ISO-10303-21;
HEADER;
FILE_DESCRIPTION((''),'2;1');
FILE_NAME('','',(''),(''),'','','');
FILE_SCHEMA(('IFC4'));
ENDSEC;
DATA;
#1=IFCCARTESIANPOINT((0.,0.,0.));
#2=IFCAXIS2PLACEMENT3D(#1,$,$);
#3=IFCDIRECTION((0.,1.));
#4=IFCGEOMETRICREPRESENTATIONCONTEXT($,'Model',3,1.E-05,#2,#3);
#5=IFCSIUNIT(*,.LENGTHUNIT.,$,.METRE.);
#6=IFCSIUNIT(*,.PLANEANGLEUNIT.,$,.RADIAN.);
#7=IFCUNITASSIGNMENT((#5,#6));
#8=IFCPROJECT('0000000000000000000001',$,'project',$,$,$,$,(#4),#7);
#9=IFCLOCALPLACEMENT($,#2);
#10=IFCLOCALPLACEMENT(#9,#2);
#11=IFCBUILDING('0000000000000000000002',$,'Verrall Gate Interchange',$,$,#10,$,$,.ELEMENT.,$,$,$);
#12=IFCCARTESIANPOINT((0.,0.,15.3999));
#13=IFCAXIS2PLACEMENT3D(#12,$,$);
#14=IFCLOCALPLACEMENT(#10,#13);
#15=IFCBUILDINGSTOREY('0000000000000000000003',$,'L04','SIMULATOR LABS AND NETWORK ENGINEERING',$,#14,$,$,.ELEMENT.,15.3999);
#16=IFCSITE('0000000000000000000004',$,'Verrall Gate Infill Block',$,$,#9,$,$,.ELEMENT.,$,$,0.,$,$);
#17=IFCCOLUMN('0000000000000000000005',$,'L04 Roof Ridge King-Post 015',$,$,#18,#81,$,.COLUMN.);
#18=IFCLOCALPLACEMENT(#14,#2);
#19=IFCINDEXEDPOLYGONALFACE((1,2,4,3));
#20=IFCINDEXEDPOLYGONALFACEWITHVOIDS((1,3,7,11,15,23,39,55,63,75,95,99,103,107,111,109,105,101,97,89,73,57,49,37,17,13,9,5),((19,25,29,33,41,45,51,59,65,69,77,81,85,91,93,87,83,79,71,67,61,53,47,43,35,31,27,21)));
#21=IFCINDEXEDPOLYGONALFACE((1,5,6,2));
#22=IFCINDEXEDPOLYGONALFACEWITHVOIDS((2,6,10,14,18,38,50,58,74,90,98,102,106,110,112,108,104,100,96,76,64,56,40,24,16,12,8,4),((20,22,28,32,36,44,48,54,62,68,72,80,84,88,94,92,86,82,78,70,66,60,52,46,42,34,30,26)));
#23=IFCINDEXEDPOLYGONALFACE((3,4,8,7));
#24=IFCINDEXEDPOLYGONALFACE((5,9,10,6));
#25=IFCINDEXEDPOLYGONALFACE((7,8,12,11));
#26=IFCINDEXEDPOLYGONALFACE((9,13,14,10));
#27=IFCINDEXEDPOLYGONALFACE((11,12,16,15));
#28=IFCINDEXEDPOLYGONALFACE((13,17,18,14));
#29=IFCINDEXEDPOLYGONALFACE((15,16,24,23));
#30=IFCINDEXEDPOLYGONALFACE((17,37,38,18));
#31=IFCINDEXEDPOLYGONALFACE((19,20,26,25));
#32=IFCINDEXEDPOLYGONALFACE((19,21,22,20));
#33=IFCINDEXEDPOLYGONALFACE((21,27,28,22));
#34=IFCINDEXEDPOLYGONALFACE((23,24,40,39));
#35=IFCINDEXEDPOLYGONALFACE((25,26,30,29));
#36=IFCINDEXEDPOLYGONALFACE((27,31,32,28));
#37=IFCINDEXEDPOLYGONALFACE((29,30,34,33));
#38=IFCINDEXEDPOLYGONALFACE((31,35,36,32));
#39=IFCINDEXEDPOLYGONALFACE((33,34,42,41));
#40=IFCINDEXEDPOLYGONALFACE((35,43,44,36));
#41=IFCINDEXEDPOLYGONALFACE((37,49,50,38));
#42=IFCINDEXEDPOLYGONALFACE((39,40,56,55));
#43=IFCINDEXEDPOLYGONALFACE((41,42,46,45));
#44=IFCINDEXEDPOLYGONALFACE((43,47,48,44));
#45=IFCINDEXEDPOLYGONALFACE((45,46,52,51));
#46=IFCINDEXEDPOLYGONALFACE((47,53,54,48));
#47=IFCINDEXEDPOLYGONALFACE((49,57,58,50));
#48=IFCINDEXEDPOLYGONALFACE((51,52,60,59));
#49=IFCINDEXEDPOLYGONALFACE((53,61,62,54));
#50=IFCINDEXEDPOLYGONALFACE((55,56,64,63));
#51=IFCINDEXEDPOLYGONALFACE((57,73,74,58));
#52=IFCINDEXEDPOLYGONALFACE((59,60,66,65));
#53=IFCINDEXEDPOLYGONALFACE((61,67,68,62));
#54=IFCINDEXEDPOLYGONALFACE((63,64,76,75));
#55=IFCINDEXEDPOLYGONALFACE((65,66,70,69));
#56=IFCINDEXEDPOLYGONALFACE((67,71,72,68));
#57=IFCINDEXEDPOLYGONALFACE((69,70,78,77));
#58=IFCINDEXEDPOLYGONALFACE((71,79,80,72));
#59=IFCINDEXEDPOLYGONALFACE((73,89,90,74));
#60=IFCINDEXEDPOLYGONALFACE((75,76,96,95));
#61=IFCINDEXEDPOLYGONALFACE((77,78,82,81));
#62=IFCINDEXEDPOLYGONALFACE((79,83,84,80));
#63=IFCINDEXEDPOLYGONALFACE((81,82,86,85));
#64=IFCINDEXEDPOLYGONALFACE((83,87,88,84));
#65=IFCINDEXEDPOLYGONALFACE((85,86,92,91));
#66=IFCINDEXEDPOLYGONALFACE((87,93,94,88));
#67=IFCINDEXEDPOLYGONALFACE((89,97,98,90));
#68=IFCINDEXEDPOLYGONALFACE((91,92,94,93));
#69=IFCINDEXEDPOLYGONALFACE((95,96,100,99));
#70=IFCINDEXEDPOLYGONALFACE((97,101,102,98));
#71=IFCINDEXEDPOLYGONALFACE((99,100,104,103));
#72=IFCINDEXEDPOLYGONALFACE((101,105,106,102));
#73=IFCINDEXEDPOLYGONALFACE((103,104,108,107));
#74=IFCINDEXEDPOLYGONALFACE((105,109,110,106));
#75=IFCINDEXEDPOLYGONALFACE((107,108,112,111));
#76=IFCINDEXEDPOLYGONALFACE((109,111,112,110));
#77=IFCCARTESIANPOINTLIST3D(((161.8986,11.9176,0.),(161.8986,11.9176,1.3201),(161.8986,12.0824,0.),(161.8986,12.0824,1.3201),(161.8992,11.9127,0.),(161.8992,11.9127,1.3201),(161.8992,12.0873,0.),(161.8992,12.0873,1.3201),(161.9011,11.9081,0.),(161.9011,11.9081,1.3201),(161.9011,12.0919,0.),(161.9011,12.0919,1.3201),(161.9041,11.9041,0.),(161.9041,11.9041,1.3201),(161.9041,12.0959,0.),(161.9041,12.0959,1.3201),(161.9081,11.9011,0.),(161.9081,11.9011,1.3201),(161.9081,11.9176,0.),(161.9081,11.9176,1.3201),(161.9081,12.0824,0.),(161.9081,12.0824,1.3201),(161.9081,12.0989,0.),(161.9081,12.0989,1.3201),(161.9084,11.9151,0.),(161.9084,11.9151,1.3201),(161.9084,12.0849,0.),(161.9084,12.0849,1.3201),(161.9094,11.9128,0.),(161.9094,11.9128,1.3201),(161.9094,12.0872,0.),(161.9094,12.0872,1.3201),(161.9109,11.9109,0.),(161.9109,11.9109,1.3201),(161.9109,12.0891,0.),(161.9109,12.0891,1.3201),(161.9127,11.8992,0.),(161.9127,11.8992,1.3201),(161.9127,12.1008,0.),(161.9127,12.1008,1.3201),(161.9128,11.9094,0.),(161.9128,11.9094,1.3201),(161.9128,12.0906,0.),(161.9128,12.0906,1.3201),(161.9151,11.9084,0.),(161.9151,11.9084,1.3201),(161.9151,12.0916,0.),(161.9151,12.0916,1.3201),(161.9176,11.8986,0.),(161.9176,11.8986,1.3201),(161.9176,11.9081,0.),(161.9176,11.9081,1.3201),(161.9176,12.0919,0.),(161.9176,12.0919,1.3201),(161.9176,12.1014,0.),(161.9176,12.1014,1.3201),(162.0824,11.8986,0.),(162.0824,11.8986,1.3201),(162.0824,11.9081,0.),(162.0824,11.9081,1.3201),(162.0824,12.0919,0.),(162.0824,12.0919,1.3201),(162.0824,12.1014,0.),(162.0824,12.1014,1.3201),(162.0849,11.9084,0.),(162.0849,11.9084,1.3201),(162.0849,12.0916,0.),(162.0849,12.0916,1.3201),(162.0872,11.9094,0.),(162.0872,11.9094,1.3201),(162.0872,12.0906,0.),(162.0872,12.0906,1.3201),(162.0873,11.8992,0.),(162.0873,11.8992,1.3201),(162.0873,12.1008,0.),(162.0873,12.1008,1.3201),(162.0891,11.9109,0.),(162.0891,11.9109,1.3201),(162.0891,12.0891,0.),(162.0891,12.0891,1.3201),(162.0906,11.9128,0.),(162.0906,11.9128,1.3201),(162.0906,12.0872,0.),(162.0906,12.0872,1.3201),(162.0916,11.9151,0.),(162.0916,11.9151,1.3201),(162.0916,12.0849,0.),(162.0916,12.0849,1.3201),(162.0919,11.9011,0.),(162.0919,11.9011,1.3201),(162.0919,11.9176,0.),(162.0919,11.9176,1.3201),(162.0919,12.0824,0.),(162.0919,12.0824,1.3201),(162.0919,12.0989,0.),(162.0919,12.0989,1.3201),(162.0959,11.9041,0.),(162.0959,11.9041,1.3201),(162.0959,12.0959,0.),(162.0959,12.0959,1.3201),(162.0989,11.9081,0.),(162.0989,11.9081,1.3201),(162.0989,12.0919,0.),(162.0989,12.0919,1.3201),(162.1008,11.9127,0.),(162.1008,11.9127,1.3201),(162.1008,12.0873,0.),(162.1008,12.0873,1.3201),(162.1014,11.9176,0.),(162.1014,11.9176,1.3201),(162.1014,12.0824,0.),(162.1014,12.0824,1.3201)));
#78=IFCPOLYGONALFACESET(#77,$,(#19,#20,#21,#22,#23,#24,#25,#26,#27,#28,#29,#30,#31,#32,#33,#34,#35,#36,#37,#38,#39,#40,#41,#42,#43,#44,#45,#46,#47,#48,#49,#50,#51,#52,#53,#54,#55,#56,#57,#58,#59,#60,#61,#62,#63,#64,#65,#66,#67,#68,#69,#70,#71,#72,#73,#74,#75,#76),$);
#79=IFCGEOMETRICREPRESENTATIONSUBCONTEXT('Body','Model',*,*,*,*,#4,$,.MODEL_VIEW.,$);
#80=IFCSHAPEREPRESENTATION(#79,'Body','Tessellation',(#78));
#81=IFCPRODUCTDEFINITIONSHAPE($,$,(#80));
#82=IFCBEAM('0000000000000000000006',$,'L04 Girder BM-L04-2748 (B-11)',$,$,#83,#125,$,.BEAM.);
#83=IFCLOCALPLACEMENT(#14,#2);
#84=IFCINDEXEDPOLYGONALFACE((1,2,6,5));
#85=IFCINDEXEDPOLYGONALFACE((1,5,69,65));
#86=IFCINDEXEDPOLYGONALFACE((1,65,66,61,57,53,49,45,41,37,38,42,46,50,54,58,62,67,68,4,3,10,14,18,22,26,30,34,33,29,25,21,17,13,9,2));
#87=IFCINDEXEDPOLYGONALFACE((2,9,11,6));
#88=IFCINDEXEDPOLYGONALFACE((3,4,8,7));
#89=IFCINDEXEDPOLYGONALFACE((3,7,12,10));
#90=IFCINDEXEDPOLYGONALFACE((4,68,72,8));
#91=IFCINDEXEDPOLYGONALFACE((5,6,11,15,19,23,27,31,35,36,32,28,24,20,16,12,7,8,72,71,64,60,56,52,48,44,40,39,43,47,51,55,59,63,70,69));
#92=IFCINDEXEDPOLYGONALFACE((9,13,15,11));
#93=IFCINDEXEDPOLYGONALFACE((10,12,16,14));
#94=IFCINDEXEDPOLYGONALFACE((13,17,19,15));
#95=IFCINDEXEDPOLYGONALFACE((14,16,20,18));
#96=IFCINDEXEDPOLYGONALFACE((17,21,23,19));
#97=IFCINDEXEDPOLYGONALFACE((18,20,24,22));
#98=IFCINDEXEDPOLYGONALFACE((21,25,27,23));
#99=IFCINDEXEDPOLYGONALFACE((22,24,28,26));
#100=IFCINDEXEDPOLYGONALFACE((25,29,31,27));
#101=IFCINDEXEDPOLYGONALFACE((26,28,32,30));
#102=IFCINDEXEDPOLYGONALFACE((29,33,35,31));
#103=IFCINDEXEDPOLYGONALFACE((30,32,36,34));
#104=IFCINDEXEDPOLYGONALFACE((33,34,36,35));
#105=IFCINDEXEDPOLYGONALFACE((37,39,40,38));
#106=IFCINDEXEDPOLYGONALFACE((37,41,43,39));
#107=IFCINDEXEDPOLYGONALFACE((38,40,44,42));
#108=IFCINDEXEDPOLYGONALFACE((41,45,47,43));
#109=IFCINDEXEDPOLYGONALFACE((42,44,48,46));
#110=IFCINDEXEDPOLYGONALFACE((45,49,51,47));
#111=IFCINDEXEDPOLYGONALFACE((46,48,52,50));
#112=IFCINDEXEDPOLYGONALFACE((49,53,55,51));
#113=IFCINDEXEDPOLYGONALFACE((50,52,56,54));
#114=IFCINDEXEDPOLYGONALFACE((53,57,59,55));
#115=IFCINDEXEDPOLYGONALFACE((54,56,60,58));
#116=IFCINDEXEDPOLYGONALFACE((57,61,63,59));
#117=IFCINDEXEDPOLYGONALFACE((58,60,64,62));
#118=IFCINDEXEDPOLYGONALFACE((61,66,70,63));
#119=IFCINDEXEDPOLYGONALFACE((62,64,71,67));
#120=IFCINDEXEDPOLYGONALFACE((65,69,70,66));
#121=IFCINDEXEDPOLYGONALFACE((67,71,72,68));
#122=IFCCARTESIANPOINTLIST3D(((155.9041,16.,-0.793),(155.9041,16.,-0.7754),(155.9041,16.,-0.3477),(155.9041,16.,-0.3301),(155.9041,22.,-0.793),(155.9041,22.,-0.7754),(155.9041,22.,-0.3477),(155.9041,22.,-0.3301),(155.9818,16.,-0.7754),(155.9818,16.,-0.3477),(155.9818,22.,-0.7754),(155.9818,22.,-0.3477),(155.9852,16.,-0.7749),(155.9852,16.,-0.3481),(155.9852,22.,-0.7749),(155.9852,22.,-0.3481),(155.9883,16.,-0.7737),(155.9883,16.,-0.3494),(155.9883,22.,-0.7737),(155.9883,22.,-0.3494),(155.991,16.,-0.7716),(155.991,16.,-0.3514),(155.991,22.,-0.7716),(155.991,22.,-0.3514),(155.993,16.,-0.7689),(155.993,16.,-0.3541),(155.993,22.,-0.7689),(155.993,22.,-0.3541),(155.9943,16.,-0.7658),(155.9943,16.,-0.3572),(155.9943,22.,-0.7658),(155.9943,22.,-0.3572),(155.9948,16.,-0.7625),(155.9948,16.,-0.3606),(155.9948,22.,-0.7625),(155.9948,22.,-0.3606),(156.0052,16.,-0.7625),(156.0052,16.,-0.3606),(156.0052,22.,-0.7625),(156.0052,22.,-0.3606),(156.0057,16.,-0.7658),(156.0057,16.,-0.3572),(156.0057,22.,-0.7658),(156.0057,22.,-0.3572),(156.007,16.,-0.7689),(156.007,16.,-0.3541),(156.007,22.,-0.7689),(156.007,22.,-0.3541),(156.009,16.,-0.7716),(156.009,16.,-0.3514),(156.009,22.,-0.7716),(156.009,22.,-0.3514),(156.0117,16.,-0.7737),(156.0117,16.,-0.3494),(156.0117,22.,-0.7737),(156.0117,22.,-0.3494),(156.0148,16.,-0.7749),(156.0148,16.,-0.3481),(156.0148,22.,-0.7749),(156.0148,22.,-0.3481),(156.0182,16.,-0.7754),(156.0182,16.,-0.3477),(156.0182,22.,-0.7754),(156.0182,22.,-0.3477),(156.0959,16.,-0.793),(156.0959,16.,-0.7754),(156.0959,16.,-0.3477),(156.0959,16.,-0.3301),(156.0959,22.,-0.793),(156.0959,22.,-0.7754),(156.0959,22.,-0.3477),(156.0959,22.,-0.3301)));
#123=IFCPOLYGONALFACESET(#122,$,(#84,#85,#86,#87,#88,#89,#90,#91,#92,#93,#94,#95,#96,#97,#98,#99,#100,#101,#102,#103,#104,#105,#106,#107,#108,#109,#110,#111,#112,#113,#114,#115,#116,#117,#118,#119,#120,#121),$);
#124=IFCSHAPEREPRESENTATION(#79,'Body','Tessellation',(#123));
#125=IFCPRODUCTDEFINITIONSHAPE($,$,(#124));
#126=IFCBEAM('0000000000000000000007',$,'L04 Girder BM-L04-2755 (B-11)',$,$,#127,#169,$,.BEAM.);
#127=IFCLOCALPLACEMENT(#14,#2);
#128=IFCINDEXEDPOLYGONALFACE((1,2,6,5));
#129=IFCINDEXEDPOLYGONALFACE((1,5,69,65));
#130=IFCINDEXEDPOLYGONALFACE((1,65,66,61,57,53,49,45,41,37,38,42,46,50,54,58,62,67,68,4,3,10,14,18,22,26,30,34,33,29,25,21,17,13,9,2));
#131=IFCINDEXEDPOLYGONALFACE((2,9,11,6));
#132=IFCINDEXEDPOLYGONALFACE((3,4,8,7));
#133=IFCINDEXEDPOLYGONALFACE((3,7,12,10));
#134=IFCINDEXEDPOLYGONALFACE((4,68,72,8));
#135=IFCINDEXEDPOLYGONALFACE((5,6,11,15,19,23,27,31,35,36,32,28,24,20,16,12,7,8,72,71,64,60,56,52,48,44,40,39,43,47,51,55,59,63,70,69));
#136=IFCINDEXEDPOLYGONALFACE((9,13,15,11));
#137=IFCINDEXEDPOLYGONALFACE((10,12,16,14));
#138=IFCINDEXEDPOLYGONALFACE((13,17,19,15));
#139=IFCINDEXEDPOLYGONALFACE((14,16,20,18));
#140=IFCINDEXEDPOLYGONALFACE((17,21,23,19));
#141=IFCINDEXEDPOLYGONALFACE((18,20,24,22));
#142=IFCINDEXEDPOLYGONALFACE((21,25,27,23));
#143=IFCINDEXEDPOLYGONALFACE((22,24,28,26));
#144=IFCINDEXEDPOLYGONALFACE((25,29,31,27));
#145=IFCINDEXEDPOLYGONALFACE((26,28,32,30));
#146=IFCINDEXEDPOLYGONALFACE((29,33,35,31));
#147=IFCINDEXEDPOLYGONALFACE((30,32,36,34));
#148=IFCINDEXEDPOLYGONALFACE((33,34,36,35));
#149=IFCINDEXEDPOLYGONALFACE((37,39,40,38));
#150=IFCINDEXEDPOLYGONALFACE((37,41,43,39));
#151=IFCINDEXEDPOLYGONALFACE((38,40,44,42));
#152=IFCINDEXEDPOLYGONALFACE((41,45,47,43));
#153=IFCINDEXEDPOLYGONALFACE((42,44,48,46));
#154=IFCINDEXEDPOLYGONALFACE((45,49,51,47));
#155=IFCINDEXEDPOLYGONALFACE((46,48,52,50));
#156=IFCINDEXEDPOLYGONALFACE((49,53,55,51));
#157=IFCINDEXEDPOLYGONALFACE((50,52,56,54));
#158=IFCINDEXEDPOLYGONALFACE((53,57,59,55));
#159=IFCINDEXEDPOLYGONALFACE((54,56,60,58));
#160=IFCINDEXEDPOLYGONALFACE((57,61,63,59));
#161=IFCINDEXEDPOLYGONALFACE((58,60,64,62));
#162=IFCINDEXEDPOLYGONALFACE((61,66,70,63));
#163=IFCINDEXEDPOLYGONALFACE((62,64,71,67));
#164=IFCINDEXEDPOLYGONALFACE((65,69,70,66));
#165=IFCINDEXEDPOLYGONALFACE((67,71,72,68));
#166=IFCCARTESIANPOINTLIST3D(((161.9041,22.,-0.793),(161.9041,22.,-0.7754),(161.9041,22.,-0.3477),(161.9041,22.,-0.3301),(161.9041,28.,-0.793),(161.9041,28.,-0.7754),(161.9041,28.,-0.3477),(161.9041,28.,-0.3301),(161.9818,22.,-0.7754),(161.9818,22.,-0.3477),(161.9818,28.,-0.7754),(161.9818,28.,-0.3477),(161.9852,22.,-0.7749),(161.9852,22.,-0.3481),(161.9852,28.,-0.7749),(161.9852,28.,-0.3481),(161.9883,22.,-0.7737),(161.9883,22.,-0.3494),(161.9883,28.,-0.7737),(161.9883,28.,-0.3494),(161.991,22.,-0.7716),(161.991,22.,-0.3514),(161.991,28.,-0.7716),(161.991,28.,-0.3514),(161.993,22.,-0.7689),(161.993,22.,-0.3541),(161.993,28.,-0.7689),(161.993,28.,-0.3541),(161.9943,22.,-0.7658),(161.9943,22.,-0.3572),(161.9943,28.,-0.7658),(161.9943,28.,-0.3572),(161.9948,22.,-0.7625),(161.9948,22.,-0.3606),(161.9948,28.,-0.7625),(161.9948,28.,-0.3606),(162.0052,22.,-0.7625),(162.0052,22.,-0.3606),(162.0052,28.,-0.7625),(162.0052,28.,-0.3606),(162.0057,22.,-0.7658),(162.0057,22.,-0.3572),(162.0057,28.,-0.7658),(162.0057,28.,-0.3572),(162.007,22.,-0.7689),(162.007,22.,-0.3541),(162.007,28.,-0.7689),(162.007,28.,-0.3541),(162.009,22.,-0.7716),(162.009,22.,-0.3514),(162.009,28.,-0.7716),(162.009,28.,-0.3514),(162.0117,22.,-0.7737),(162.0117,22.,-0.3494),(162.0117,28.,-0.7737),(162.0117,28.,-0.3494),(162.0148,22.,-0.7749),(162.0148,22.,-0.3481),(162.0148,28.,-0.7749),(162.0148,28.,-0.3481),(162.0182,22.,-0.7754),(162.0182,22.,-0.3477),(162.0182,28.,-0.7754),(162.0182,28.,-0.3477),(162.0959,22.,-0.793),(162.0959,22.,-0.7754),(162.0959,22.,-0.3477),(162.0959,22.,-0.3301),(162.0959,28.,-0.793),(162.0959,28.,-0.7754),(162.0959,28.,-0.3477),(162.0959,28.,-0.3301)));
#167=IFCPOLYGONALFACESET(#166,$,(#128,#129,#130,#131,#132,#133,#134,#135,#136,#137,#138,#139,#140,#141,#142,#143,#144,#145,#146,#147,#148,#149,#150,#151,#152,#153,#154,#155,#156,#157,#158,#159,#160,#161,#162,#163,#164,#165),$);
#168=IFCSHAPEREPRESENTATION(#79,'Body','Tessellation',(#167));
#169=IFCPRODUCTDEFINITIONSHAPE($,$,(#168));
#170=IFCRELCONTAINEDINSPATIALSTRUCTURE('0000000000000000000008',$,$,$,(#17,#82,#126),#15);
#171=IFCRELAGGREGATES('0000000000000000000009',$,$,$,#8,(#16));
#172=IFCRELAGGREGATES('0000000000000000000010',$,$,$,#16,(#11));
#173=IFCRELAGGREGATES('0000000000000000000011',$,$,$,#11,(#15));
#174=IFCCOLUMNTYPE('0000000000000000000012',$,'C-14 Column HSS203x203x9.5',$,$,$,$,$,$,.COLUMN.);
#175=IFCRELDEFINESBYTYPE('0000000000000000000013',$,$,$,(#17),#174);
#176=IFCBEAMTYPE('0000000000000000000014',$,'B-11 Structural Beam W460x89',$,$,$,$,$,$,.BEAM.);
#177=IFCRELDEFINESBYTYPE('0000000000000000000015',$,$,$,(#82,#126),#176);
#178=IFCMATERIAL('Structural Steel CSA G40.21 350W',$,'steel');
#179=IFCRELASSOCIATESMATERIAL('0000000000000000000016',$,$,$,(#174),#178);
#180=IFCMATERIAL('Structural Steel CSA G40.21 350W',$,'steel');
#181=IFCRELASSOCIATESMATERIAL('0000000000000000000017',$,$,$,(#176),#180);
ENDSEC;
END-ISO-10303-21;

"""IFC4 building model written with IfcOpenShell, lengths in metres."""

from ifc_helpers import new_model, si_unit, direction, frame, origin, origin_2d, place, context, subcontext, project, spatial, hollow_rectangle, i_section, extrude, material, material_profile, profile_set, type_object, element, save


model = new_model("IFC4")

# Units and contexts
model_context = context("Model", 3, precision=1e-05, world=origin(), true_north=direction((0.0, 1.0)))
body_context = subcontext(model_context, "Body", "Model", "MODEL_VIEW")
ifc_project = project(units=[si_unit("LENGTHUNIT", "METRE"), si_unit("PLANEANGLEUNIT", "RADIAN")], contexts=[model_context])

# Site, building, storey
site_placement = place(None, origin())
site = spatial("IfcSite", under=ifc_project, at=site_placement, Name="Verrall Gate Infill Block", CompositionType="ELEMENT", RefElevation=0.0)
building_placement = place(site_placement, origin())
building = spatial("IfcBuilding", under=site, at=building_placement, Name="Verrall Gate Interchange", CompositionType="ELEMENT")
storey_placement = place(building_placement, frame((0.0, 0.0, 15.3999)))
storey = spatial("IfcBuildingStorey", under=building, at=storey_placement, Name="L04", Description="SIMULATOR LABS AND NETWORK ENGINEERING", CompositionType="ELEMENT", Elevation=15.3999)

# Column
ifc_material_1 = material(Name="Structural Steel CSA G40.21 350W", Category="steel")
ifc_material_profile_1 = material_profile(ifc_material_1, hollow_rectangle(XDim=0.2029, YDim=0.2029, WallThickness=0.0095, InnerFilletRadius=0.0095, OuterFilletRadius=0.019, at=origin_2d()), Name="HSS203x203x9.5")
ifc_profile_set_1 = profile_set([ifc_material_profile_1], Name="Structural Steel CSA G40.21 350W")
column_type = type_object("IfcColumnType", Name="C-14 Column HSS203x203x9.5", PredefinedType="COLUMN", material=ifc_profile_set_1)
column_placement = place(storey_placement, frame((162.0, 12.0, 0.0), z_axis=(0.0, 0.0, 1.0), x_axis=(1.0, 0.0, 0.0)))
element("IfcColumn", 1, at=column_placement, inside=storey, type_object=column_type, Name="L04 Roof Ridge King-Post 015", PredefinedType="COLUMN", context=body_context, shape_type="SweptSolid", body=[
    extrude(hollow_rectangle(XDim=0.2029, YDim=0.2029, WallThickness=0.0095, InnerFilletRadius=0.0095, OuterFilletRadius=0.019, at=origin_2d()), origin(), (0.0, 0.0, 1.0), 1.3201),
])

# Beams
ifc_material_2 = material(Name="Structural Steel CSA G40.21 350W", Category="steel")
ifc_material_profile_2 = material_profile(ifc_material_2, i_section(OverallWidth=0.1919, OverallDepth=0.4629, WebThickness=0.0105, FlangeThickness=0.0176, FilletRadius=0.0129, at=origin_2d()), Name="W460x89")
ifc_profile_set_2 = profile_set([ifc_material_profile_2], Name="Structural Steel CSA G40.21 350W")
beam_type_1 = type_object("IfcBeamType", Name="B-11 Structural Beam W460x89", PredefinedType="BEAM", material=ifc_profile_set_2)
for number, where, z_axis, x_axis, name in (
    (2, (156.0, 16.0, -0.5615), (0.0, 1.0, 0.0), (-1.0, 0.0, 0.0), "L04 Girder BM-L04-2748 (B-11)"),
    (3, (162.0, 22.0, -0.5615), (0.0, 1.0, 0.0), (-1.0, 0.0, 0.0), "L04 Girder BM-L04-2755 (B-11)"),
):
    element("IfcBeam", number, at=place(storey_placement, frame(where, z_axis=z_axis, x_axis=x_axis)), inside=storey, type_object=beam_type_1, Name=name, PredefinedType="BEAM", context=body_context, shape_type="SweptSolid", body=[
        extrude(i_section(OverallWidth=0.1919, OverallDepth=0.4629, WebThickness=0.0105, FlangeThickness=0.0176, FilletRadius=0.0129, at=origin_2d()), origin(), (0.0, 0.0, 1.0), 6.0),
    ])

save(model, "model.ifc")
